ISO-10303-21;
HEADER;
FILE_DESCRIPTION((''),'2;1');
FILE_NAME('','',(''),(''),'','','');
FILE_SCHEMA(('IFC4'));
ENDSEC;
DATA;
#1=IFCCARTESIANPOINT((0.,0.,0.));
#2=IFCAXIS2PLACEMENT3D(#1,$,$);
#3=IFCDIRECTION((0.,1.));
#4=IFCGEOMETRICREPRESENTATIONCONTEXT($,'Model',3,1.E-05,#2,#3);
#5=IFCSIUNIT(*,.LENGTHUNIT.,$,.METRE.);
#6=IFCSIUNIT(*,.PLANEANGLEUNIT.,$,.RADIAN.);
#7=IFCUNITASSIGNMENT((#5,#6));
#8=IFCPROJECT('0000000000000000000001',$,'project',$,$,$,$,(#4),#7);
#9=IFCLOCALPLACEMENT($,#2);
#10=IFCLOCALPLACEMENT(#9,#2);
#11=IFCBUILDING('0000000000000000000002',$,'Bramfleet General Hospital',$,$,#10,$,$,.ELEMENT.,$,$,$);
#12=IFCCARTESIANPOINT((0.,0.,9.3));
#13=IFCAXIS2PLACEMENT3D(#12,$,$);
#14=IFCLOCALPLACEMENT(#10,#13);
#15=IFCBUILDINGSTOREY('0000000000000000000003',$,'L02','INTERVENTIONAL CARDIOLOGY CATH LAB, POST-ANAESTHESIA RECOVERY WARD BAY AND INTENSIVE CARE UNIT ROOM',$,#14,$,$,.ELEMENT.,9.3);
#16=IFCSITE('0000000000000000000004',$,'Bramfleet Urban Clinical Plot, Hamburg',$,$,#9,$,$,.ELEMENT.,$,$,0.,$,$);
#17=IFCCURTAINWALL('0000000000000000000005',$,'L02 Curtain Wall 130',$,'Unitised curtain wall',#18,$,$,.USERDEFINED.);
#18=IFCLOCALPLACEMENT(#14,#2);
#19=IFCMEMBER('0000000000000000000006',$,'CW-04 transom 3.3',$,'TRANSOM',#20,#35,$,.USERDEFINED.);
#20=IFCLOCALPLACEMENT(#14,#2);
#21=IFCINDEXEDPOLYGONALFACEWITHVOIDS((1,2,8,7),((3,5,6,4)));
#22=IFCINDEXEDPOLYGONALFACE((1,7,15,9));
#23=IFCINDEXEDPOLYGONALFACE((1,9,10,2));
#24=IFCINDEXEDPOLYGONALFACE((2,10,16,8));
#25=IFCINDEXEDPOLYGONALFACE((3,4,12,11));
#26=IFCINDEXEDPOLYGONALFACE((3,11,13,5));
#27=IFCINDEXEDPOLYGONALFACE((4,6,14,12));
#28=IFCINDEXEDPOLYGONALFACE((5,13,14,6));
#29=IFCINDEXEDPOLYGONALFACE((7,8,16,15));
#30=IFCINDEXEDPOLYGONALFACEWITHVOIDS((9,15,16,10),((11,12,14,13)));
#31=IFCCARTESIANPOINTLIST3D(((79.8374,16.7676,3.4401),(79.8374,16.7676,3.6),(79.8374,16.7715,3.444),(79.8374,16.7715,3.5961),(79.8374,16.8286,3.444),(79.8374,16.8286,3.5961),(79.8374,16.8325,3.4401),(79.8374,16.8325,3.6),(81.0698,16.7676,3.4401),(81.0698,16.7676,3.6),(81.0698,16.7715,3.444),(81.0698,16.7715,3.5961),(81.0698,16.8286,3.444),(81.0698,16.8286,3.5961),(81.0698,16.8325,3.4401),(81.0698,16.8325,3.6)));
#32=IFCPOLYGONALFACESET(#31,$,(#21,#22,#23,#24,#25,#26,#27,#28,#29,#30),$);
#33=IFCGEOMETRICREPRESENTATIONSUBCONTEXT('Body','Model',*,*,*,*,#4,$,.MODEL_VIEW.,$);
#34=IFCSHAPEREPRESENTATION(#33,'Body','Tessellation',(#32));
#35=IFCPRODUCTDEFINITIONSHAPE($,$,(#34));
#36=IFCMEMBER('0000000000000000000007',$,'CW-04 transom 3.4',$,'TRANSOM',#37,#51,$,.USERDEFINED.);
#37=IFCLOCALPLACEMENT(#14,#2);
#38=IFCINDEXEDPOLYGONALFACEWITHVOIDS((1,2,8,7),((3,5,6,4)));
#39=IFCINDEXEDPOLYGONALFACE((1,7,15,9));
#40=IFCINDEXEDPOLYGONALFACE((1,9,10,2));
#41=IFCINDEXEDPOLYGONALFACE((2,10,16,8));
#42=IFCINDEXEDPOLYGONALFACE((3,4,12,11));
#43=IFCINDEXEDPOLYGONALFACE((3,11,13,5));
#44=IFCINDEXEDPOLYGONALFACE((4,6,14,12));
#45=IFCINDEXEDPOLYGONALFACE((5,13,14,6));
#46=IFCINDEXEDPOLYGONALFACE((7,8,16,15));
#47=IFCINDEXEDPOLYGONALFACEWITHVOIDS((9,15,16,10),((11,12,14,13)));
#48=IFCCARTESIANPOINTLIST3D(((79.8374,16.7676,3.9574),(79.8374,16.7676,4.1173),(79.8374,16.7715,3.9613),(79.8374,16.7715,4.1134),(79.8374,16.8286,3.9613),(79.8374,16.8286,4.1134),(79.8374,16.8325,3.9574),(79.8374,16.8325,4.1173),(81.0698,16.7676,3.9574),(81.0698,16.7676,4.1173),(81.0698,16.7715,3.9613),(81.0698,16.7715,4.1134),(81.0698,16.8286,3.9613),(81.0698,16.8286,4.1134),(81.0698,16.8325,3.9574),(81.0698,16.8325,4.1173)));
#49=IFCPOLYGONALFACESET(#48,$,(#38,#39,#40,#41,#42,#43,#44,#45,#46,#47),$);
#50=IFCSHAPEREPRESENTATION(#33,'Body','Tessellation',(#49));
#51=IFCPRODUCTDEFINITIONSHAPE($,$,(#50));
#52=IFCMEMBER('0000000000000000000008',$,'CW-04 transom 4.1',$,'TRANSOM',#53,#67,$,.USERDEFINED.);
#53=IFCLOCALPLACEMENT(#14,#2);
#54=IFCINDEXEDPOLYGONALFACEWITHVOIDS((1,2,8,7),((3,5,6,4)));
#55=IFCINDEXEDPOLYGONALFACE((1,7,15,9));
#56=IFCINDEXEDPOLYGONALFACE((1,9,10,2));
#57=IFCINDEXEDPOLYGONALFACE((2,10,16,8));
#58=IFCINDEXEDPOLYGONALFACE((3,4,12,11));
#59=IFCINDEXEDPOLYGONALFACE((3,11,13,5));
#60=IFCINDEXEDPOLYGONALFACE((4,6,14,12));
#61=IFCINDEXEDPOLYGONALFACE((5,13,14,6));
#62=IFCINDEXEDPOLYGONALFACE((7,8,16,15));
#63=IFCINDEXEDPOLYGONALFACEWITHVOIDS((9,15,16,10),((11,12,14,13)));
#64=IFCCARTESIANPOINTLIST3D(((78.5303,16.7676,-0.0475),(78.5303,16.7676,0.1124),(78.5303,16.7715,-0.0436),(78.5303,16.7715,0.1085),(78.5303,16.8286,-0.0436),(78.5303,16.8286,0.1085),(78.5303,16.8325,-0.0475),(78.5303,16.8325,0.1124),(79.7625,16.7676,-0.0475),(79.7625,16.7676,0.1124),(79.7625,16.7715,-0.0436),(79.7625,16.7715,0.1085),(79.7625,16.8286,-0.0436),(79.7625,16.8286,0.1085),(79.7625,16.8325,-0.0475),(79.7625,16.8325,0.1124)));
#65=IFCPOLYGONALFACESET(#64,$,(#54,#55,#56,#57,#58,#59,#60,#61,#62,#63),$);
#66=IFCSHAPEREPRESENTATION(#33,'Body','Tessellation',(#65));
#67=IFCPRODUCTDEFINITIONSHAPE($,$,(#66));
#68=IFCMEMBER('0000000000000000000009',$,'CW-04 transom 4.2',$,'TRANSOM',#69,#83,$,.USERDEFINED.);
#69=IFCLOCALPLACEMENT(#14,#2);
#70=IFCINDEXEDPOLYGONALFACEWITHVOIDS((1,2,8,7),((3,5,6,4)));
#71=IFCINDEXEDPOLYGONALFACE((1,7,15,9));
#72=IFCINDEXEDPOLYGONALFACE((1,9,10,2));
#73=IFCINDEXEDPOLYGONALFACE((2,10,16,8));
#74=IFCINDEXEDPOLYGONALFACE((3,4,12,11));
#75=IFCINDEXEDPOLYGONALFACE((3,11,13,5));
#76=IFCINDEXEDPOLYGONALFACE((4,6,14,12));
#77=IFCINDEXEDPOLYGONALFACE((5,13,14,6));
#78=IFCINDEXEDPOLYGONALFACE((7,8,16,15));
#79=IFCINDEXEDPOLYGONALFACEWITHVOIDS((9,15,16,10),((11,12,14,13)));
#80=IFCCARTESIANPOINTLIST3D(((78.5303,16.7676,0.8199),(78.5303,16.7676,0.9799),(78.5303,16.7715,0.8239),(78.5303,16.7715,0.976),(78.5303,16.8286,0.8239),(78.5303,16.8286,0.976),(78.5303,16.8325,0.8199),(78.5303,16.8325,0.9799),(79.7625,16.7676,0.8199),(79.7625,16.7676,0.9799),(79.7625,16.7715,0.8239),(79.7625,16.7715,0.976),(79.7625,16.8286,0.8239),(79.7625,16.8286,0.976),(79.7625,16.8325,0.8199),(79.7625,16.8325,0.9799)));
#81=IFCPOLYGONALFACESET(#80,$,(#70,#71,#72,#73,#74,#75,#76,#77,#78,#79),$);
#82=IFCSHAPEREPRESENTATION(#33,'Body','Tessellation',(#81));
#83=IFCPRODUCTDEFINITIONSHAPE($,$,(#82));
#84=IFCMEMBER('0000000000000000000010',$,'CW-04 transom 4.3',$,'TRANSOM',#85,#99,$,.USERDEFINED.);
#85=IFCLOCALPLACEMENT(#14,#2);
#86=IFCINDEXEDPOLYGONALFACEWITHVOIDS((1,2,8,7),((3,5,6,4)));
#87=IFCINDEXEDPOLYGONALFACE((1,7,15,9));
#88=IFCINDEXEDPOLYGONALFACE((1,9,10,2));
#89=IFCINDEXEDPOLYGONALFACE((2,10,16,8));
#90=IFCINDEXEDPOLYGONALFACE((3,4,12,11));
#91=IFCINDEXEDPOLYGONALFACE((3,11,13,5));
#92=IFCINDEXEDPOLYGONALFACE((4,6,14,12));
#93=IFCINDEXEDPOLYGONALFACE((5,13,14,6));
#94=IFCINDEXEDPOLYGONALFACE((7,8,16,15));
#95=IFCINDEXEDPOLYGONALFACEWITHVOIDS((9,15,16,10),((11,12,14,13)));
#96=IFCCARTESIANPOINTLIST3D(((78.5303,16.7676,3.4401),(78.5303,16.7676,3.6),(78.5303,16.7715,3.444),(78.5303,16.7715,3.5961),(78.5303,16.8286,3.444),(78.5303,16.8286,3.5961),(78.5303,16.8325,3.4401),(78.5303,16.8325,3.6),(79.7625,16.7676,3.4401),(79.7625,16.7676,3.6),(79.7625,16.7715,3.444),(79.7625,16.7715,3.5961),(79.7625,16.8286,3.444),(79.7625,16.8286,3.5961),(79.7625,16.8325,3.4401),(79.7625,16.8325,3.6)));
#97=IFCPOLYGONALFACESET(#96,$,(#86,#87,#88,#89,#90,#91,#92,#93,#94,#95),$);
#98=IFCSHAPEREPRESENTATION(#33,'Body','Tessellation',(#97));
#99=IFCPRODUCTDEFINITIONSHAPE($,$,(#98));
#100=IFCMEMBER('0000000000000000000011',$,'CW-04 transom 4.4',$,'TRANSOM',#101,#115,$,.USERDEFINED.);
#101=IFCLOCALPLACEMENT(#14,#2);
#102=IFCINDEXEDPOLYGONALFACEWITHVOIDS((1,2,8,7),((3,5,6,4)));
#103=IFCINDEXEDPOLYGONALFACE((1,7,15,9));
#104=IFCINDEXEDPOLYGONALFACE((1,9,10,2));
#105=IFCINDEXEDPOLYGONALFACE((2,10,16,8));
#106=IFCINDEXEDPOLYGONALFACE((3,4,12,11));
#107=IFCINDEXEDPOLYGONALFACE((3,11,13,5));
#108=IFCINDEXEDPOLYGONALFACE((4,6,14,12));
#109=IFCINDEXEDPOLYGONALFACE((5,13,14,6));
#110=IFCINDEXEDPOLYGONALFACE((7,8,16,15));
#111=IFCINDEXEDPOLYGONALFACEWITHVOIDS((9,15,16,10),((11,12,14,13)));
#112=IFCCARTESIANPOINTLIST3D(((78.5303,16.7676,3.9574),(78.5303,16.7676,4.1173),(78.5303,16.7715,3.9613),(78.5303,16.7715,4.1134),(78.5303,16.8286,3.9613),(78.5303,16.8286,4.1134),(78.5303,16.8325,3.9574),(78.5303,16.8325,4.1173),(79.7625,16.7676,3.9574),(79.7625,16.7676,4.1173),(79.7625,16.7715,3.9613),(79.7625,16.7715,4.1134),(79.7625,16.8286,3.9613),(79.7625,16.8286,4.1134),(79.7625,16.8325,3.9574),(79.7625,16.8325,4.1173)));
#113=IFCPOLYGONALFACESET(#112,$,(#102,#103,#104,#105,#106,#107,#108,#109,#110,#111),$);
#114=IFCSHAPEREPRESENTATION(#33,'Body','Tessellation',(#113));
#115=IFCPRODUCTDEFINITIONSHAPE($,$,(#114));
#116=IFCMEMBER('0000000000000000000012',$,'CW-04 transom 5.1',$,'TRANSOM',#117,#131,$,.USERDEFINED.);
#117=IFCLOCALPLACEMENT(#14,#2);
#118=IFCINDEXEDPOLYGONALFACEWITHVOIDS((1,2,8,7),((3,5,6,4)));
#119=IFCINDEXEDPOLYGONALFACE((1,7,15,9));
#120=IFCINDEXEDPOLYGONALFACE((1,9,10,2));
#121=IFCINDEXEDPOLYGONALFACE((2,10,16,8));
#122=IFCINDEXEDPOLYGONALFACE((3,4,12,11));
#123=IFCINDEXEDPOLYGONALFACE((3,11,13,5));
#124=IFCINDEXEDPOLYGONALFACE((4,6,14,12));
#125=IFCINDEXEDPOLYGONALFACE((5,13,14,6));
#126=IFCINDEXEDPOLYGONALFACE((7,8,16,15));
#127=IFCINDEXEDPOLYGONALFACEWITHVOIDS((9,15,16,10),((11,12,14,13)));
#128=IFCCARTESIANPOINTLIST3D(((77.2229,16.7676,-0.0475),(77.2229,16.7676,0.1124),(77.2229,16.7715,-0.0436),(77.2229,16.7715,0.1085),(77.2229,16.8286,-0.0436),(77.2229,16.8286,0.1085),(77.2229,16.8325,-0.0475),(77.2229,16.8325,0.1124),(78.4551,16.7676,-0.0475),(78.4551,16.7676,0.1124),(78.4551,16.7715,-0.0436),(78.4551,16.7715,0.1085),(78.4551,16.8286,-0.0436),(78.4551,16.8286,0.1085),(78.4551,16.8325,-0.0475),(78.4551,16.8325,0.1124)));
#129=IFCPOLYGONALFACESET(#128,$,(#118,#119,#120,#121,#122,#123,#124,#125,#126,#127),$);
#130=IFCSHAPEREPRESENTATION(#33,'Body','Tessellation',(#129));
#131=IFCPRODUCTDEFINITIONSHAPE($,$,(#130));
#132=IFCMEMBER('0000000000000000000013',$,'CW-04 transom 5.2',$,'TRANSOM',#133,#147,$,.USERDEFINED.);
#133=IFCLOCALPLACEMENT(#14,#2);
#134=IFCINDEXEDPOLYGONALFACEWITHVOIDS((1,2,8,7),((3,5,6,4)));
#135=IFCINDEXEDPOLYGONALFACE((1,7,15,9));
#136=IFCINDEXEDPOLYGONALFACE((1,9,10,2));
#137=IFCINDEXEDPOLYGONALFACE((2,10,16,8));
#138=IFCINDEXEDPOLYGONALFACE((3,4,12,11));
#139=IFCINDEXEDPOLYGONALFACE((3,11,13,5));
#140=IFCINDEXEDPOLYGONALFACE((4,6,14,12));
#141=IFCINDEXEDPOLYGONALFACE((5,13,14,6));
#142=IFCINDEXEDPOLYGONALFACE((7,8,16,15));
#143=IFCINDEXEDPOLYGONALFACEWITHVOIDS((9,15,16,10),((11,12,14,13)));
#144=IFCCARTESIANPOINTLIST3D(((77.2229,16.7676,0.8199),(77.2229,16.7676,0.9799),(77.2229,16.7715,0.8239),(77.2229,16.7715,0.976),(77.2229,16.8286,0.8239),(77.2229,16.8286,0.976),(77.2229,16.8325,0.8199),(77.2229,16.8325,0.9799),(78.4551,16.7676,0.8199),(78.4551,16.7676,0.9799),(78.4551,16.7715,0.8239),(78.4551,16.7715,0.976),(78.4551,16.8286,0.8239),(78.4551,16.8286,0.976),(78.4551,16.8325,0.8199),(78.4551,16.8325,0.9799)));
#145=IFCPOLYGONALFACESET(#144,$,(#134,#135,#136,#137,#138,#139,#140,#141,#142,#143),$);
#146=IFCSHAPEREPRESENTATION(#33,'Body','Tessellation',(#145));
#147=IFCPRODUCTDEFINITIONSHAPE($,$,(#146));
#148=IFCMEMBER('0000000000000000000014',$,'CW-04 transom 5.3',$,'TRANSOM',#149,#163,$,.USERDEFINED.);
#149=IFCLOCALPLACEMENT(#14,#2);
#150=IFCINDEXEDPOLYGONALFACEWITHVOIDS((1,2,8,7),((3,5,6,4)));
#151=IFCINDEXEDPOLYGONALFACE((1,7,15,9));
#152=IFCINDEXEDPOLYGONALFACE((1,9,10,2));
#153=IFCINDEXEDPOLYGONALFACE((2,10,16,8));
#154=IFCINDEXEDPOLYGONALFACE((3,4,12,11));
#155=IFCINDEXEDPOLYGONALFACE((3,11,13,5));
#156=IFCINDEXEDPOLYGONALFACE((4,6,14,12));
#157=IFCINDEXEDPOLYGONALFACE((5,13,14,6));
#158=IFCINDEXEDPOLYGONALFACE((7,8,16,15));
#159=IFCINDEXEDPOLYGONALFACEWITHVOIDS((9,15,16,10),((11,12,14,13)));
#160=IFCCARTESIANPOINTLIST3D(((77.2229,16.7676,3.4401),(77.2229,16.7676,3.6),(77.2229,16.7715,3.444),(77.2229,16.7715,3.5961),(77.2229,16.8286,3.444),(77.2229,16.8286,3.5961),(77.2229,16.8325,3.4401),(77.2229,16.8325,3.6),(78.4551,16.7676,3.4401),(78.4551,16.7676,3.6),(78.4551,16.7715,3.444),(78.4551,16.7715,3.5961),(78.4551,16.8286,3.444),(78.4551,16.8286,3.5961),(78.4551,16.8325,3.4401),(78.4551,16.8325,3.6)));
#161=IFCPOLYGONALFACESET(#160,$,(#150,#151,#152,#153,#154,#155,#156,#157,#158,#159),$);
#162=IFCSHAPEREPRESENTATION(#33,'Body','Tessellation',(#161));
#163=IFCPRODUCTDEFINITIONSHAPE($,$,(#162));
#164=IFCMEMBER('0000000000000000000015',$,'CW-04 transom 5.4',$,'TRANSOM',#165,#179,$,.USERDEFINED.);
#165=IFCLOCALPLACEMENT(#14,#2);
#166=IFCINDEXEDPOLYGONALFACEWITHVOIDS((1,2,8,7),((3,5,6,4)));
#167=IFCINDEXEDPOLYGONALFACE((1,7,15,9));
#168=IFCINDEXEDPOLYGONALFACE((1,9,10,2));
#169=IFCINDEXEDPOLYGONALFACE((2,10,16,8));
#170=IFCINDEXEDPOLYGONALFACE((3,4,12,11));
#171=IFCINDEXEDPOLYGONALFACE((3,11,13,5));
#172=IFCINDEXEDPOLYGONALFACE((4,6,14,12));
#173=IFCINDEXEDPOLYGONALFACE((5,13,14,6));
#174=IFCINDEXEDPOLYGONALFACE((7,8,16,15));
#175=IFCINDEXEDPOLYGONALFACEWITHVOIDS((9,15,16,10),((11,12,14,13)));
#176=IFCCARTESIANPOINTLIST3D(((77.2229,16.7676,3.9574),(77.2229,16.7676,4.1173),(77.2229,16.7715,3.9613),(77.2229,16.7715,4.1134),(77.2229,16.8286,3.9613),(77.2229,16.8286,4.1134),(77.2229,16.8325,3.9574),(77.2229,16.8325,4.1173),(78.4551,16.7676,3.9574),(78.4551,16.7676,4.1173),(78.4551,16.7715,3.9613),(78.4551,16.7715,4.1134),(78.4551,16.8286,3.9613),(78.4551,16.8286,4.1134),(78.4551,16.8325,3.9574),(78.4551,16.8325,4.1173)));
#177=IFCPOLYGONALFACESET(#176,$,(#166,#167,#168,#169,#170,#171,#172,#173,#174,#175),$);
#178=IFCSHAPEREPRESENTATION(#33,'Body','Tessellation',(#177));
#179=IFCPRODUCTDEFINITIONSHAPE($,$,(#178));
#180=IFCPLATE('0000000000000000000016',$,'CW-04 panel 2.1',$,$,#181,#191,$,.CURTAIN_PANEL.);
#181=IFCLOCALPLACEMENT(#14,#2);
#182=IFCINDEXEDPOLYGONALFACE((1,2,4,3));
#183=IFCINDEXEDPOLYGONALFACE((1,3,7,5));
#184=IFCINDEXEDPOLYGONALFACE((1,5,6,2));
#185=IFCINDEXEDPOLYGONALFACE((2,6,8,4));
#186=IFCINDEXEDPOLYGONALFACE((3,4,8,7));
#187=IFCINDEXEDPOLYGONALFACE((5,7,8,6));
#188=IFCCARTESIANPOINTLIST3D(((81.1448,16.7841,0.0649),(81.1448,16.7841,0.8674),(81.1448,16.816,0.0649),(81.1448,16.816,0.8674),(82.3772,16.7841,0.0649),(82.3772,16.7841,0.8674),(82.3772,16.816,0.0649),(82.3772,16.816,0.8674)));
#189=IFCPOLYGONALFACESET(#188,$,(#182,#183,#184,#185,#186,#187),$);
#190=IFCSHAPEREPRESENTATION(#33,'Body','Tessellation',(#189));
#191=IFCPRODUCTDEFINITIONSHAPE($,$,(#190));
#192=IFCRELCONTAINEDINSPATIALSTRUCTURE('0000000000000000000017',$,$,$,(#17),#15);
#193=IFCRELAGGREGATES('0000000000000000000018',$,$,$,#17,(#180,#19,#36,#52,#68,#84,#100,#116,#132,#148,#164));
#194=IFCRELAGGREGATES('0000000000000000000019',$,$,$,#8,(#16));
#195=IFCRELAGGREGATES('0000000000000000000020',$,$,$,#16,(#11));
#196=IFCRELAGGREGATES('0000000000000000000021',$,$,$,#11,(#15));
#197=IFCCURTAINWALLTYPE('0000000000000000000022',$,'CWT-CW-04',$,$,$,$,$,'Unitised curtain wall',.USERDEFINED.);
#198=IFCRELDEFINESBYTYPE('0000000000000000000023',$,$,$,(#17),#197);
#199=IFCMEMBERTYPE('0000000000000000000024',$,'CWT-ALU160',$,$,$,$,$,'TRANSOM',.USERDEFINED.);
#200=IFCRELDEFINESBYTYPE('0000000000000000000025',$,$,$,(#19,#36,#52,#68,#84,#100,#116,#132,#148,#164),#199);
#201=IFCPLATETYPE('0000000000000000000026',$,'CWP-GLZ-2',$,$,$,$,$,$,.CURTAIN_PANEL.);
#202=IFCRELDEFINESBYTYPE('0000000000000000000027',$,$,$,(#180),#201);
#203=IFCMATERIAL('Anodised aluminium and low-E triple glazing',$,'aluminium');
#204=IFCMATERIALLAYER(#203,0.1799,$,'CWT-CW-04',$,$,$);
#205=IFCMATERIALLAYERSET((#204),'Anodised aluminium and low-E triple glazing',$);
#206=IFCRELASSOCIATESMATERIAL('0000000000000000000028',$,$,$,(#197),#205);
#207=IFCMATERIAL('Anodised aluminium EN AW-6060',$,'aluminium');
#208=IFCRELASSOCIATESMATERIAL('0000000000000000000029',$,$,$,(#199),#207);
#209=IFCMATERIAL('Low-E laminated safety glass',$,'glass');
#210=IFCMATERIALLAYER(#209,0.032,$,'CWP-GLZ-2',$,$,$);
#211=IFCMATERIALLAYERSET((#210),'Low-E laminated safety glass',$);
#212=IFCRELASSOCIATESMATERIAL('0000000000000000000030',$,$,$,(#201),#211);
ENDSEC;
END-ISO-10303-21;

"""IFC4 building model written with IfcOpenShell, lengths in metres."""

from ifc_helpers import new_model, si_unit, direction, frame, origin, origin_2d, place, context, subcontext, project, spatial, rectangle, hollow_rectangle, extrude, material, layer, layer_set, material_profile, profile_set, type_object, element, aggregate, save


model = new_model("IFC4")

# Units and contexts
model_context = context("Model", 3, precision=1e-05, world=origin(), true_north=direction((0.0, 1.0)))
body_context = subcontext(model_context, "Body", "Model", "MODEL_VIEW")
ifc_project = project(units=[si_unit("LENGTHUNIT", "METRE"), si_unit("PLANEANGLEUNIT", "RADIAN")], contexts=[model_context])

# Site, building, storey
site_placement = place(None, origin())
site = spatial("IfcSite", under=ifc_project, at=site_placement, Name="Bramfleet Urban Clinical Plot, Hamburg", CompositionType="ELEMENT", RefElevation=0.0)
building_placement = place(site_placement, origin())
building = spatial("IfcBuilding", under=site, at=building_placement, Name="Bramfleet General Hospital", CompositionType="ELEMENT")
storey_placement = place(building_placement, frame((0.0, 0.0, 9.3)))
storey = spatial("IfcBuildingStorey", under=building, at=storey_placement, Name="L02", Description="INTERVENTIONAL CARDIOLOGY CATH LAB, POST-ANAESTHESIA RECOVERY WARD BAY AND INTENSIVE CARE UNIT ROOM", CompositionType="ELEMENT", Elevation=9.3)

# Curtain wall, members, plate
ifc_material_1 = material(Name="Anodised aluminium and low-E triple glazing", Category="aluminium")
ifc_layer_1 = layer(ifc_material_1, 0.1799, Name="CWT-CW-04")
ifc_layer_set_1 = layer_set([ifc_layer_1], Name="Anodised aluminium and low-E triple glazing")
curtain_wall_type = type_object("IfcCurtainWallType", Name="CWT-CW-04", ElementType="Unitised curtain wall", PredefinedType="USERDEFINED", material=ifc_layer_set_1)
curtain_wall_placement = place(storey_placement, origin())
curtain_wall = element("IfcCurtainWall", 1, at=curtain_wall_placement, inside=storey, type_object=curtain_wall_type, Name="L02 Curtain Wall 130", ObjectType="Unitised curtain wall", PredefinedType="USERDEFINED")
ifc_material_2 = material(Name="Anodised aluminium EN AW-6060", Category="aluminium")
ifc_material_profile_1 = material_profile(ifc_material_2, hollow_rectangle(XDim=0.0649, YDim=0.1599, WallThickness=0.0039, at=origin_2d()), Name="ALU 160x65x4.0")
ifc_profile_set_1 = profile_set([ifc_material_profile_1], Name="Anodised aluminium EN AW-6060")
member_type_1 = type_object("IfcMemberType", Name="CWT-ALU160", ElementType="TRANSOM", PredefinedType="USERDEFINED", material=ifc_profile_set_1)
member_1_placement = place(storey_placement, frame((81.0698, 16.8, 3.52), z_axis=(-1.0, 0.0, 0.0), x_axis=(0.0, -1.0, 0.0)))
member_1 = element("IfcMember", 2, at=member_1_placement, type_object=member_type_1, Name="CW-04 transom 3.3", ObjectType="TRANSOM", PredefinedType="USERDEFINED", context=body_context, shape_type="SweptSolid", body=[
    extrude(hollow_rectangle(XDim=0.0649, YDim=0.1599, WallThickness=0.0039, at=origin_2d()), origin(), (0.0, 0.0, 1.0), 1.2324),
])
member_2_placement = place(storey_placement, frame((81.0698, 16.8, 4.0374), z_axis=(-1.0, 0.0, 0.0), x_axis=(0.0, -1.0, 0.0)))
member_2 = element("IfcMember", 3, at=member_2_placement, type_object=member_type_1, Name="CW-04 transom 3.4", ObjectType="TRANSOM", PredefinedType="USERDEFINED", context=body_context, shape_type="SweptSolid", body=[
    extrude(hollow_rectangle(XDim=0.0649, YDim=0.1599, WallThickness=0.0039, at=origin_2d()), origin(), (0.0, 0.0, 1.0), 1.2324),
])
member_3_placement = place(storey_placement, frame((79.7625, 16.8, 0.0325), z_axis=(-1.0, 0.0, 0.0), x_axis=(0.0, -1.0, 0.0)))
member_3 = element("IfcMember", 4, at=member_3_placement, type_object=member_type_1, Name="CW-04 transom 4.1", ObjectType="TRANSOM", PredefinedType="USERDEFINED", context=body_context, shape_type="SweptSolid", body=[
    extrude(hollow_rectangle(XDim=0.0649, YDim=0.1599, WallThickness=0.0039, at=origin_2d()), origin(), (0.0, 0.0, 1.0), 1.2322),
])
member_4_placement = place(storey_placement, frame((79.7625, 16.8, 0.8999), z_axis=(-1.0, 0.0, 0.0), x_axis=(0.0, -1.0, 0.0)))
member_4 = element("IfcMember", 5, at=member_4_placement, type_object=member_type_1, Name="CW-04 transom 4.2", ObjectType="TRANSOM", PredefinedType="USERDEFINED", context=body_context, shape_type="SweptSolid", body=[
    extrude(hollow_rectangle(XDim=0.0649, YDim=0.1599, WallThickness=0.0039, at=origin_2d()), origin(), (0.0, 0.0, 1.0), 1.2322),
])
member_5_placement = place(storey_placement, frame((79.7625, 16.8, 3.52), z_axis=(-1.0, 0.0, 0.0), x_axis=(0.0, -1.0, 0.0)))
member_5 = element("IfcMember", 6, at=member_5_placement, type_object=member_type_1, Name="CW-04 transom 4.3", ObjectType="TRANSOM", PredefinedType="USERDEFINED", context=body_context, shape_type="SweptSolid", body=[
    extrude(hollow_rectangle(XDim=0.0649, YDim=0.1599, WallThickness=0.0039, at=origin_2d()), origin(), (0.0, 0.0, 1.0), 1.2322),
])
member_6_placement = place(storey_placement, frame((79.7625, 16.8, 4.0374), z_axis=(-1.0, 0.0, 0.0), x_axis=(0.0, -1.0, 0.0)))
member_6 = element("IfcMember", 7, at=member_6_placement, type_object=member_type_1, Name="CW-04 transom 4.4", ObjectType="TRANSOM", PredefinedType="USERDEFINED", context=body_context, shape_type="SweptSolid", body=[
    extrude(hollow_rectangle(XDim=0.0649, YDim=0.1599, WallThickness=0.0039, at=origin_2d()), origin(), (0.0, 0.0, 1.0), 1.2322),
])
member_7_placement = place(storey_placement, frame((78.4551, 16.8, 0.0325), z_axis=(-1.0, 0.0, 0.0), x_axis=(0.0, -1.0, 0.0)))
member_7 = element("IfcMember", 8, at=member_7_placement, type_object=member_type_1, Name="CW-04 transom 5.1", ObjectType="TRANSOM", PredefinedType="USERDEFINED", context=body_context, shape_type="SweptSolid", body=[
    extrude(hollow_rectangle(XDim=0.0649, YDim=0.1599, WallThickness=0.0039, at=origin_2d()), origin(), (0.0, 0.0, 1.0), 1.2322),
])
member_8_placement = place(storey_placement, frame((78.4551, 16.8, 0.8999), z_axis=(-1.0, 0.0, 0.0), x_axis=(0.0, -1.0, 0.0)))
member_8 = element("IfcMember", 9, at=member_8_placement, type_object=member_type_1, Name="CW-04 transom 5.2", ObjectType="TRANSOM", PredefinedType="USERDEFINED", context=body_context, shape_type="SweptSolid", body=[
    extrude(hollow_rectangle(XDim=0.0649, YDim=0.1599, WallThickness=0.0039, at=origin_2d()), origin(), (0.0, 0.0, 1.0), 1.2322),
])
member_9_placement = place(storey_placement, frame((78.4551, 16.8, 3.52), z_axis=(-1.0, 0.0, 0.0), x_axis=(0.0, -1.0, 0.0)))
member_9 = element("IfcMember", 10, at=member_9_placement, type_object=member_type_1, Name="CW-04 transom 5.3", ObjectType="TRANSOM", PredefinedType="USERDEFINED", context=body_context, shape_type="SweptSolid", body=[
    extrude(hollow_rectangle(XDim=0.0649, YDim=0.1599, WallThickness=0.0039, at=origin_2d()), origin(), (0.0, 0.0, 1.0), 1.2322),
])
member_10_placement = place(storey_placement, frame((78.4551, 16.8, 4.0374), z_axis=(-1.0, 0.0, 0.0), x_axis=(0.0, -1.0, 0.0)))
member_10 = element("IfcMember", 11, at=member_10_placement, type_object=member_type_1, Name="CW-04 transom 5.4", ObjectType="TRANSOM", PredefinedType="USERDEFINED", context=body_context, shape_type="SweptSolid", body=[
    extrude(hollow_rectangle(XDim=0.0649, YDim=0.1599, WallThickness=0.0039, at=origin_2d()), origin(), (0.0, 0.0, 1.0), 1.2322),
])
ifc_material_3 = material(Name="Low-E laminated safety glass", Category="glass")
ifc_layer_2 = layer(ifc_material_3, 0.032, Name="CWP-GLZ-2")
ifc_layer_set_2 = layer_set([ifc_layer_2], Name="Low-E laminated safety glass")
plate_type_1 = type_object("IfcPlateType", Name="CWP-GLZ-2", PredefinedType="CURTAIN_PANEL", material=ifc_layer_set_2)
plate_1_placement = place(storey_placement, frame((81.761, 16.8, 0.0649), z_axis=(0.0, 0.0, 1.0), x_axis=(-1.0, 0.0, 0.0)))
plate_1 = element("IfcPlate", 12, at=plate_1_placement, type_object=plate_type_1, Name="CW-04 panel 2.1", PredefinedType="CURTAIN_PANEL", context=body_context, shape_type="SweptSolid", body=[
    extrude(rectangle(XDim=1.2324, YDim=0.032, at=origin_2d()), origin(), (0.0, 0.0, 1.0), 0.8025),
])
aggregate(curtain_wall, [plate_1, member_1, member_2, member_3, member_4, member_5, member_6, member_7, member_8, member_9, member_10])

save(model, "model.ifc")
